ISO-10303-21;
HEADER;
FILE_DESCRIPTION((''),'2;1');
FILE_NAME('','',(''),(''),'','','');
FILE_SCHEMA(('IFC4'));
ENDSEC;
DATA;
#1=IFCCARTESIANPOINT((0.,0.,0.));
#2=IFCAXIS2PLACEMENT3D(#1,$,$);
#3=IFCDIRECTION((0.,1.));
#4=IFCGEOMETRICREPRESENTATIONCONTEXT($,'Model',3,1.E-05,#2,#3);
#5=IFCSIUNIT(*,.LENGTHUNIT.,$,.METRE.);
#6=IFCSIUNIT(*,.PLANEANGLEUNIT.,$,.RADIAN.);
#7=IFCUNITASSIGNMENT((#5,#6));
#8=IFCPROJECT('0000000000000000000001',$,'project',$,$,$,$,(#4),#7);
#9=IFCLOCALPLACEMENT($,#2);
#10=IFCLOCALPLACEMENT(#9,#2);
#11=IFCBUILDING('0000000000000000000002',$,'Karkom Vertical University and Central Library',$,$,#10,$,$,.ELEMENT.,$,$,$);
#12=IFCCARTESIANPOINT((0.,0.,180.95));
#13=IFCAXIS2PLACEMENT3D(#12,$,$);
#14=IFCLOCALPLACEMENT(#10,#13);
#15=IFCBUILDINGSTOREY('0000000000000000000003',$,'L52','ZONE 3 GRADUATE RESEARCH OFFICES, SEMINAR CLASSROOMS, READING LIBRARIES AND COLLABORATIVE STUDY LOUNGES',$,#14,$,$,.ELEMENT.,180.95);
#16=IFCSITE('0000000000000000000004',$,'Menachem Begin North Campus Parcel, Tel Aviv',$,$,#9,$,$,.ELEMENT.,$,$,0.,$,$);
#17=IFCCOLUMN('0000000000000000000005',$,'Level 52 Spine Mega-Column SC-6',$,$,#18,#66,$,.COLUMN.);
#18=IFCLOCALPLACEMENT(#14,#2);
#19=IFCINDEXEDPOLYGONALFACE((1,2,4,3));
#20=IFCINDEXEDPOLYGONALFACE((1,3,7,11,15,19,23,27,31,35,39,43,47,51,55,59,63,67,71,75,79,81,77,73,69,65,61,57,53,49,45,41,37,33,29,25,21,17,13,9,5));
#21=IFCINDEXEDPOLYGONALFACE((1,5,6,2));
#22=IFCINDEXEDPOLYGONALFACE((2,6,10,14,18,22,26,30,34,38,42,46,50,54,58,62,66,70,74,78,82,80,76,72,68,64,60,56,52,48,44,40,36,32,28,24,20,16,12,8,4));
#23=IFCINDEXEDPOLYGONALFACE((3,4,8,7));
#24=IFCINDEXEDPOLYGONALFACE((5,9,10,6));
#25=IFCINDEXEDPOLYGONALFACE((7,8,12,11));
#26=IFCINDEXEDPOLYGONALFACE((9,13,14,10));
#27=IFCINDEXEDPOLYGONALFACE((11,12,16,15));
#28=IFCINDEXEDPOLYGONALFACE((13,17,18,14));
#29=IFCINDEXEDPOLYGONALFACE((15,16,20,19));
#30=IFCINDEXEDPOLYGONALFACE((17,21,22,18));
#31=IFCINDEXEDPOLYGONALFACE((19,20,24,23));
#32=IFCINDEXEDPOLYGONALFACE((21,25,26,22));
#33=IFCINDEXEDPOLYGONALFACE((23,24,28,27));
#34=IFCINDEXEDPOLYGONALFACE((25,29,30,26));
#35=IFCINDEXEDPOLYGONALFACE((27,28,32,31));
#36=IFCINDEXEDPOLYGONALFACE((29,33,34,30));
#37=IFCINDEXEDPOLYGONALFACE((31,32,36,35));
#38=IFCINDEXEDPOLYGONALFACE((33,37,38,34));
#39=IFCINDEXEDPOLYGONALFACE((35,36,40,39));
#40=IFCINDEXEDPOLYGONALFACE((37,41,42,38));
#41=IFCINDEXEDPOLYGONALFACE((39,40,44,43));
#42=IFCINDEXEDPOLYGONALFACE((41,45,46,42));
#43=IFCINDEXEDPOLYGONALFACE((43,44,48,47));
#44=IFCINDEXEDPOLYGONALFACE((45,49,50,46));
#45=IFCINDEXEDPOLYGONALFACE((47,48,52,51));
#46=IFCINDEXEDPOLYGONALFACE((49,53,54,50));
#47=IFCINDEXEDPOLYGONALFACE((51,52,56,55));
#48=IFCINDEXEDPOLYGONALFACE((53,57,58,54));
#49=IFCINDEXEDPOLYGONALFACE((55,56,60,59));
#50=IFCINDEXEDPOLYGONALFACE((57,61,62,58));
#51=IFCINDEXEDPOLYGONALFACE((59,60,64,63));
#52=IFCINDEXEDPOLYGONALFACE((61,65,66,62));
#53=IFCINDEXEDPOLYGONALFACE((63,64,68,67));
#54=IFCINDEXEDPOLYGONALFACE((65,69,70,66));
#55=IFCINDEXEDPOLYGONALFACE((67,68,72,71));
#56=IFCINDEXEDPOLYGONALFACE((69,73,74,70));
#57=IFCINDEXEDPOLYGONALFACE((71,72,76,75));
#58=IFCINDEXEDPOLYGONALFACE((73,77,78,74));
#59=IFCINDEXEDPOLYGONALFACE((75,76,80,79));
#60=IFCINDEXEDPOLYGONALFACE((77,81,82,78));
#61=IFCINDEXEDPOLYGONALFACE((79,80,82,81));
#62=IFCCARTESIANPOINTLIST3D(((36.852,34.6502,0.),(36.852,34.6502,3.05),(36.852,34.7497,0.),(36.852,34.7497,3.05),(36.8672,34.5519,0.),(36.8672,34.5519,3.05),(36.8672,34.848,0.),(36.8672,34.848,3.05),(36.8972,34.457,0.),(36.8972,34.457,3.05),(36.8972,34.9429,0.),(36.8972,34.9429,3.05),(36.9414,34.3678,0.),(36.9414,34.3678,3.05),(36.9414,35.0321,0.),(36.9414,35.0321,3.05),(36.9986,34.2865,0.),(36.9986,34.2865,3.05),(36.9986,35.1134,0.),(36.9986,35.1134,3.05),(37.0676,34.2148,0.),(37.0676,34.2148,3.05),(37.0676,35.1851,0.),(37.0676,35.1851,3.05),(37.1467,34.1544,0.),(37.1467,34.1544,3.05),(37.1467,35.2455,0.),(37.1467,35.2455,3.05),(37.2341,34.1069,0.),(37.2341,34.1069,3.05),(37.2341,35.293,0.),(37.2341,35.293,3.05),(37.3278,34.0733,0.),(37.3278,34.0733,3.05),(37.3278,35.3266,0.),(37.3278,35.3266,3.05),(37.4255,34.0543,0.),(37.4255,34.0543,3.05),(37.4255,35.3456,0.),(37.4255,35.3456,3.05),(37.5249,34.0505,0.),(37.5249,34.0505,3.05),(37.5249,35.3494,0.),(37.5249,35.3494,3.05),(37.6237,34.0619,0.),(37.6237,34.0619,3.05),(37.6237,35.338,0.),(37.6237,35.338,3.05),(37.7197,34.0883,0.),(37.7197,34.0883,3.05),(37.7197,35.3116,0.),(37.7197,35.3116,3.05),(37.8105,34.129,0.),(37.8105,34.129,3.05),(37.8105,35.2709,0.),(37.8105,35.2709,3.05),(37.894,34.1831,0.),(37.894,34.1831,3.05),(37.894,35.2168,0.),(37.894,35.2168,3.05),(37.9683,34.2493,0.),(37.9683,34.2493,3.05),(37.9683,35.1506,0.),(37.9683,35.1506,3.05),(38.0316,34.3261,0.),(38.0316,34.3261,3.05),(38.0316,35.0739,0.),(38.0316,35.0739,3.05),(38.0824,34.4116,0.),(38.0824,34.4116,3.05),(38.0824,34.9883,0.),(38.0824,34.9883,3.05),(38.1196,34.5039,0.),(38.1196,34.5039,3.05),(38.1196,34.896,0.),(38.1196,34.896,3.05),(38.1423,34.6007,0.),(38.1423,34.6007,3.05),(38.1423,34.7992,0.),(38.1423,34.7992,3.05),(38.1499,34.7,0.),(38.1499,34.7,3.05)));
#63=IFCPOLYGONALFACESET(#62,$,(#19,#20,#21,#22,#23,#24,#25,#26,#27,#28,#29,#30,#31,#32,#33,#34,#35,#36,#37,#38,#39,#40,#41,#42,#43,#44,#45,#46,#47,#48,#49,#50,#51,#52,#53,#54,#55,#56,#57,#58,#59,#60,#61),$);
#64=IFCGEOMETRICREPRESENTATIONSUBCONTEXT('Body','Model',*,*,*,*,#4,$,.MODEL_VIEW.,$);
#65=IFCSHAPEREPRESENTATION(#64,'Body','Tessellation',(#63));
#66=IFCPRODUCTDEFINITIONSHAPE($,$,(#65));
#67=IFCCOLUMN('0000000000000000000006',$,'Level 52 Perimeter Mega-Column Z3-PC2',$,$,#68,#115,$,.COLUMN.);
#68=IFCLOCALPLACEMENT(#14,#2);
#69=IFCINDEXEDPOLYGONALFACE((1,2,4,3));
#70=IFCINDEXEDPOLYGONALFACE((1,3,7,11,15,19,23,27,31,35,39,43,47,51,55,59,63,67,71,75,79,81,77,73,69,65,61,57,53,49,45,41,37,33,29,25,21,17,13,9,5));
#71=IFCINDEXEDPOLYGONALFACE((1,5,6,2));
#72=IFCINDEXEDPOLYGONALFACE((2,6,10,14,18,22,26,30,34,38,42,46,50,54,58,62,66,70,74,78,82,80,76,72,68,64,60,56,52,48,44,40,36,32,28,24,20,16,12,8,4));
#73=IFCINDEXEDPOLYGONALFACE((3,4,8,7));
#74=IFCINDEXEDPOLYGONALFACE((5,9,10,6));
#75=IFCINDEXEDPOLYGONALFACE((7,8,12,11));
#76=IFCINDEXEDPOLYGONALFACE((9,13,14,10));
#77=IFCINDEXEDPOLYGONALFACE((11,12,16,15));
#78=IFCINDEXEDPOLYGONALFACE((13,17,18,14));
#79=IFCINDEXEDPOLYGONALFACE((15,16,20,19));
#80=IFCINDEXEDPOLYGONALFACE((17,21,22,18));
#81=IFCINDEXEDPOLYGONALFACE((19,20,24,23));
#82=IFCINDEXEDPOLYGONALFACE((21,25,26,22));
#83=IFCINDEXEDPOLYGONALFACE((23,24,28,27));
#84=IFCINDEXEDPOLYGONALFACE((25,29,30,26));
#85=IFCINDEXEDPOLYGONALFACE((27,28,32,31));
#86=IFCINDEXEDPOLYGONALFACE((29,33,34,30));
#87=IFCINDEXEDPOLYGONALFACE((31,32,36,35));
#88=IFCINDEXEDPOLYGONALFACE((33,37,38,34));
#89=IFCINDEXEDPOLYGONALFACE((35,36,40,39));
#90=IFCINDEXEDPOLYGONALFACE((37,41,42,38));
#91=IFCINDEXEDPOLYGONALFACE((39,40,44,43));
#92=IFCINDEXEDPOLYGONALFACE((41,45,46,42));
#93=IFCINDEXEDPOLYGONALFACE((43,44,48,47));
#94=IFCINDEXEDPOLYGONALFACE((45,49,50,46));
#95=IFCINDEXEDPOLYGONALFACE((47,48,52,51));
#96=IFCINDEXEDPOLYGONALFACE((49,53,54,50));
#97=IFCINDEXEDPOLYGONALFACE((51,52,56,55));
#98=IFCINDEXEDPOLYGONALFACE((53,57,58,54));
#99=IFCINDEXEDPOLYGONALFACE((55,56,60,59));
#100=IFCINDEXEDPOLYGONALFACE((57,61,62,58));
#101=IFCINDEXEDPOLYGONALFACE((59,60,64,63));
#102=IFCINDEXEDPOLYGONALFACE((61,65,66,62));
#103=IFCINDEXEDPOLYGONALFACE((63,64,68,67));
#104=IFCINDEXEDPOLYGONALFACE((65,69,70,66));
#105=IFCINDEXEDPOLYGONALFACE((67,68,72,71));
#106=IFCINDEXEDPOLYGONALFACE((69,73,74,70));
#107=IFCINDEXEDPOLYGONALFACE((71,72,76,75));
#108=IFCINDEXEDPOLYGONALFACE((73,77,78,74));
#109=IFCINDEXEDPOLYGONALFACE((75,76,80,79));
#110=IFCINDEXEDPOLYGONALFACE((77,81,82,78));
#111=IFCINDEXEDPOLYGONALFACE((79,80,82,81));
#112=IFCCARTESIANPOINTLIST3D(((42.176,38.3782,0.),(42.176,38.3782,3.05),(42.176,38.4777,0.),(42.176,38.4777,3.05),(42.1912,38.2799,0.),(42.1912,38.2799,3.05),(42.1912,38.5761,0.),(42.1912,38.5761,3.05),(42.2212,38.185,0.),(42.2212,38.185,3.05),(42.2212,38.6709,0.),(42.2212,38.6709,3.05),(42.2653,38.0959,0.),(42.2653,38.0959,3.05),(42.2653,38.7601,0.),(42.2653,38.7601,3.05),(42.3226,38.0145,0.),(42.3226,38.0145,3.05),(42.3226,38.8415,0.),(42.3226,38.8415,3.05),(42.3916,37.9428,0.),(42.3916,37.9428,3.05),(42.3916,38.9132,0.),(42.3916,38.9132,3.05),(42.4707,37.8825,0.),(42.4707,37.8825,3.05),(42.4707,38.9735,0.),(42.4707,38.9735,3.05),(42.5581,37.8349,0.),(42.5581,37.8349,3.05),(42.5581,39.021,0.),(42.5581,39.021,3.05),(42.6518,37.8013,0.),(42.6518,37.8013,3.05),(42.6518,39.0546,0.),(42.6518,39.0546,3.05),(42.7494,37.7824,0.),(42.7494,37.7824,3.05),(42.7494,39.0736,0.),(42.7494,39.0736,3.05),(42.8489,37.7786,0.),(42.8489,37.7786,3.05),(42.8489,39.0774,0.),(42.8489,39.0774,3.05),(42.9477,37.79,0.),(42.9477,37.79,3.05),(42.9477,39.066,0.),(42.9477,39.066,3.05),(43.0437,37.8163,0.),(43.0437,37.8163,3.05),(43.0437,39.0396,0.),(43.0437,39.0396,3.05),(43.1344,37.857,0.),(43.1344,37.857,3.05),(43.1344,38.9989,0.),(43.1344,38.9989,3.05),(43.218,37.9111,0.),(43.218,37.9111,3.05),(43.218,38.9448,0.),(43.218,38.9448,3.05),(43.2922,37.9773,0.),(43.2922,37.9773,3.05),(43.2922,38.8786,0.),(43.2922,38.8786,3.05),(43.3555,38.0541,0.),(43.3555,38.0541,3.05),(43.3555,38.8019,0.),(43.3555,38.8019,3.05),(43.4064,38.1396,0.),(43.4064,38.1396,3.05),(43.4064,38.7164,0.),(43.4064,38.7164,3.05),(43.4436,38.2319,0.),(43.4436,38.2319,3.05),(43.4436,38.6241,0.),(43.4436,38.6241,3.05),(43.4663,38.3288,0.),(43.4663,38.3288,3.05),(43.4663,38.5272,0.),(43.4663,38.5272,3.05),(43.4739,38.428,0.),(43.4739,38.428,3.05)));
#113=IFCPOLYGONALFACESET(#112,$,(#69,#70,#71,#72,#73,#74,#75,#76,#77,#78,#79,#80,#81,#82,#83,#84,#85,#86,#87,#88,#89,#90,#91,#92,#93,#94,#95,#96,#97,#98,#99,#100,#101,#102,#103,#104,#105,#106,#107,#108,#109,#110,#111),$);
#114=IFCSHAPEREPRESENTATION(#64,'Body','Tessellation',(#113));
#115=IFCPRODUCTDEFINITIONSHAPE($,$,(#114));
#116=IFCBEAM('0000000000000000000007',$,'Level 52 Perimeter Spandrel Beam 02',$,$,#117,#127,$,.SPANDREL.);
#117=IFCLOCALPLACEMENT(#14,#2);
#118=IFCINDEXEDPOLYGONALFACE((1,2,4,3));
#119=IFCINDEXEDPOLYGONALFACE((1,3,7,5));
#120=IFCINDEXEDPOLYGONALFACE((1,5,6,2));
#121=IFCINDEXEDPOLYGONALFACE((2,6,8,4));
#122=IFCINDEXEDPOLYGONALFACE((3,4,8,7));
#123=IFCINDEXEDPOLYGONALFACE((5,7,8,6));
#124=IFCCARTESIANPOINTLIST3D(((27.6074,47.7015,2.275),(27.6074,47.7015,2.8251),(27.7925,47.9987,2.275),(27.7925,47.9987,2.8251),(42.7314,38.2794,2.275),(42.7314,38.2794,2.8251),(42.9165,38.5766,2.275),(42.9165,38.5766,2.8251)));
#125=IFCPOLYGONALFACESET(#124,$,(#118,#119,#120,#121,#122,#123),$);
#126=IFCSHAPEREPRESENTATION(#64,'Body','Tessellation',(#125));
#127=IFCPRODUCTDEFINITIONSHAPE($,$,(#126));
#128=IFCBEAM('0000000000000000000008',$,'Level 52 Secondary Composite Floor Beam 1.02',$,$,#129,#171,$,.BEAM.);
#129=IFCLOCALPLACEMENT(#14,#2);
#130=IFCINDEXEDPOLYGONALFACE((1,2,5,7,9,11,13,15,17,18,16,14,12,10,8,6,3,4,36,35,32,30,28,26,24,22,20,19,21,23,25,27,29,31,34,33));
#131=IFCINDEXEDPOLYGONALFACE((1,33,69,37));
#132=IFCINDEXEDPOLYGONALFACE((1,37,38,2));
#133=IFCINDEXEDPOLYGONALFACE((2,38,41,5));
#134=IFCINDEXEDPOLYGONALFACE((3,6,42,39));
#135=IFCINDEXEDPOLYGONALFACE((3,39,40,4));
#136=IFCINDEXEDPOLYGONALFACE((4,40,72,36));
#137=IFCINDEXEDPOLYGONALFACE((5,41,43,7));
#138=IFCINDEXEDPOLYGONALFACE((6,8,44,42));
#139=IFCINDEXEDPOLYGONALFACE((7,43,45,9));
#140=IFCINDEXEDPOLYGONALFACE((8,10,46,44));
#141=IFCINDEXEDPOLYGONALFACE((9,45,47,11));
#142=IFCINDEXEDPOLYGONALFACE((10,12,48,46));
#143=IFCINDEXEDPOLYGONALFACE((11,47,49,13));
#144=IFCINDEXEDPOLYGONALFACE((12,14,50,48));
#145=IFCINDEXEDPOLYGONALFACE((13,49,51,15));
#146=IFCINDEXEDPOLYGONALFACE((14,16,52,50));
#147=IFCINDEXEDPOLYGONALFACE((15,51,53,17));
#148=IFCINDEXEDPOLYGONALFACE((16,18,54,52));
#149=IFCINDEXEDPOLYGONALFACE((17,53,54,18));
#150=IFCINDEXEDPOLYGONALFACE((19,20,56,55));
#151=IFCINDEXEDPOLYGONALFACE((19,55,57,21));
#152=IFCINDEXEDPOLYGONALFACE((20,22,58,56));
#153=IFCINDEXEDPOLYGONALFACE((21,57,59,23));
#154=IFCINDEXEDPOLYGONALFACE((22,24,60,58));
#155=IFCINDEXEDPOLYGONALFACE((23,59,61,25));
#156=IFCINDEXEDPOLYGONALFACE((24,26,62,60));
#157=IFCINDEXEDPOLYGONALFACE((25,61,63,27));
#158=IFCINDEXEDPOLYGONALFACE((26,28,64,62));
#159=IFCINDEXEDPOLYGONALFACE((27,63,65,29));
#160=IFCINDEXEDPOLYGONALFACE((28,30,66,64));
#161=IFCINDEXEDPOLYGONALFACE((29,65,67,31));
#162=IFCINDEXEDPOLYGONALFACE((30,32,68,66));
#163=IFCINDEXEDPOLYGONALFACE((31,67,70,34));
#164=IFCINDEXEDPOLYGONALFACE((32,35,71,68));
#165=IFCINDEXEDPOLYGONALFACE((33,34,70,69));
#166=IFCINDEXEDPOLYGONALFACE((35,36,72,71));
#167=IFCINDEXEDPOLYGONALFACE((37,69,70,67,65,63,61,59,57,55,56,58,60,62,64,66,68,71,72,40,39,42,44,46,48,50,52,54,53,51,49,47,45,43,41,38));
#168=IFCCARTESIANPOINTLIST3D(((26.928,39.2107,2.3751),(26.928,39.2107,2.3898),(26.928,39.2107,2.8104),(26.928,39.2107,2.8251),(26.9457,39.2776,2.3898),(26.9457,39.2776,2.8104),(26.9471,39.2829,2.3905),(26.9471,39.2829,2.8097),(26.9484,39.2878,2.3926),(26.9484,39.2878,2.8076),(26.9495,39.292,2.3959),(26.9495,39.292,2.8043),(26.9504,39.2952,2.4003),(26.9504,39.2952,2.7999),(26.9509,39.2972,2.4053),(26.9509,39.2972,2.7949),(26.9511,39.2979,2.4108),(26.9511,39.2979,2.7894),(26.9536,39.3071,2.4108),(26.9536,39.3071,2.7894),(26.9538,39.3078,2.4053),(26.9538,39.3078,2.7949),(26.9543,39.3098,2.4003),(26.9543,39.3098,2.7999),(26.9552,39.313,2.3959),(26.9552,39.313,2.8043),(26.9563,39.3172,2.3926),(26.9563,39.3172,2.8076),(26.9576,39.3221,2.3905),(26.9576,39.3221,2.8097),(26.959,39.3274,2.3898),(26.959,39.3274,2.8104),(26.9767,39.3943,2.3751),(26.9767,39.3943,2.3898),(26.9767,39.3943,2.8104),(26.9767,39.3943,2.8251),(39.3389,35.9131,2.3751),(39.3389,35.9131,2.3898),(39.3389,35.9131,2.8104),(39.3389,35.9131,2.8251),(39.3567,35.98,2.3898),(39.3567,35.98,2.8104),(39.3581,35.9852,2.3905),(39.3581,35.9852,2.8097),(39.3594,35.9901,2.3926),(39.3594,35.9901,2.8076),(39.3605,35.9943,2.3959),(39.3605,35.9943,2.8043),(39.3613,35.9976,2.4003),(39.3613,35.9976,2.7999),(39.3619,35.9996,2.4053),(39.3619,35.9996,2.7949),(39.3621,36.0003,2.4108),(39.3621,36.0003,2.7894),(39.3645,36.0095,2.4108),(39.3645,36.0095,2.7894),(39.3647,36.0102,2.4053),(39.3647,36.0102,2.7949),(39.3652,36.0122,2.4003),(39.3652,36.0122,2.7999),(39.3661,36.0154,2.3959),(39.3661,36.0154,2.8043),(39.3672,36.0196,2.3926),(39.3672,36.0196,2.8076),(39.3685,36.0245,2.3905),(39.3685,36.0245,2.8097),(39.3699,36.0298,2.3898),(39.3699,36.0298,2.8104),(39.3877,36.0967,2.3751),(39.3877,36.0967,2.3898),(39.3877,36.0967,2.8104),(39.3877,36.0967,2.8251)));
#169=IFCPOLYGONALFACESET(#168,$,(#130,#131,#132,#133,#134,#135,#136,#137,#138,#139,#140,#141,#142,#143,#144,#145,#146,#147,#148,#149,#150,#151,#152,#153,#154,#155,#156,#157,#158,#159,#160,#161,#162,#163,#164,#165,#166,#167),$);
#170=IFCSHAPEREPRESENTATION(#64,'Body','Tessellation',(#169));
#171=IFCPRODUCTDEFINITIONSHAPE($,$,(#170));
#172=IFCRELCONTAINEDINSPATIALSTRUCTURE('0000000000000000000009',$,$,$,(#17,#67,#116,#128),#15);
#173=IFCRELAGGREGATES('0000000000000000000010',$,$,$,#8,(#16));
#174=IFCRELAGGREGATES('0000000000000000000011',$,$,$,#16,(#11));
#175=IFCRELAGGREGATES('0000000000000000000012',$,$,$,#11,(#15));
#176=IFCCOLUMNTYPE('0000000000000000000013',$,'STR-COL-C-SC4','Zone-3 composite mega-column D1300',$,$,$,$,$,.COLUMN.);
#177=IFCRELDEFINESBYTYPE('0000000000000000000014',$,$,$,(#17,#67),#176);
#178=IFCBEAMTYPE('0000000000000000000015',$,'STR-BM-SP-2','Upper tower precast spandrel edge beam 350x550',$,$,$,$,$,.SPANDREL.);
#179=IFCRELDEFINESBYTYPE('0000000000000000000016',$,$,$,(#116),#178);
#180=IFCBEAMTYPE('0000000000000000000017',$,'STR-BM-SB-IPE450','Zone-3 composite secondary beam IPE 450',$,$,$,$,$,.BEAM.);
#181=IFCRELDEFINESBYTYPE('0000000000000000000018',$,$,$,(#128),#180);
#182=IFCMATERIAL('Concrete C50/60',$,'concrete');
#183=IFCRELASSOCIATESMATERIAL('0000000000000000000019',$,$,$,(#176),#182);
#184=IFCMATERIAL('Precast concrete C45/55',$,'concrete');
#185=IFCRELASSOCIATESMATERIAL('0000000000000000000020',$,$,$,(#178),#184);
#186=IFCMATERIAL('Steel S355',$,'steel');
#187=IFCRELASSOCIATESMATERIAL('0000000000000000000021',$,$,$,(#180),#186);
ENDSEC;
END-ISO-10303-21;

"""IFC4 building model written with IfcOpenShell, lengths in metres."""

from ifc_helpers import new_model, si_unit, direction, frame, origin, origin_with_axes, origin_2d, place, context, subcontext, project, spatial, rectangle, circle, i_section, extrude, source, transform, mapped, material, material_profile, profile_set, type_object, element, save


model = new_model("IFC4")

# Units and contexts
model_context = context("Model", 3, precision=1e-05, world=origin(), true_north=direction((0.0, 1.0)))
body_context = subcontext(model_context, "Body", "Model", "MODEL_VIEW")
ifc_project = project(units=[si_unit("LENGTHUNIT", "METRE"), si_unit("PLANEANGLEUNIT", "RADIAN")], contexts=[model_context])

# Site, building, storey
site_placement = place(None, origin())
site = spatial("IfcSite", under=ifc_project, at=site_placement, Name="Menachem Begin North Campus Parcel, Tel Aviv", CompositionType="ELEMENT", RefElevation=0.0)
building_placement = place(site_placement, origin())
building = spatial("IfcBuilding", under=site, at=building_placement, Name="Karkom Vertical University and Central Library", CompositionType="ELEMENT")
storey_placement = place(building_placement, frame((0.0, 0.0, 180.95)))
storey = spatial("IfcBuildingStorey", under=building, at=storey_placement, Name="L52", Description="ZONE 3 GRADUATE RESEARCH OFFICES, SEMINAR CLASSROOMS, READING LIBRARIES AND COLLABORATIVE STUDY LOUNGES", CompositionType="ELEMENT", Elevation=180.95)

# Columns
ifc_material_1 = material(Name="Concrete C50/60", Category="concrete")
ifc_material_profile_1 = material_profile(ifc_material_1, circle(Radius=0.6499, at=origin_2d()), Name="CFT-D1300")
ifc_profile_set_1 = profile_set([ifc_material_profile_1], Name="Concrete C50/60")
column_type = type_object("IfcColumnType", Name="STR-COL-C-SC4", Description="Zone-3 composite mega-column D1300", PredefinedType="COLUMN", material=ifc_profile_set_1)
shared_shape_1 = source(origin_with_axes(), body_context, "Body", "SweptSolid", [
    extrude(circle(Radius=0.6499, at=origin_2d()), origin(), (0.0, 0.0, 1.0), 3.05),
])
for number, where, z_axis, x_axis, name in (
    (1, (37.5, 34.7, 0.0), (0.0, 0.0, 1.0), (1.0, 0.0, 0.0), "Level 52 Spine Mega-Column SC-6"),
    (2, (42.824, 38.428, 0.0), (0.0, 0.0, 1.0), (1.0, 0.0, 0.0), "Level 52 Perimeter Mega-Column Z3-PC2"),
):
    element("IfcColumn", number, at=place(storey_placement, frame(where, z_axis=z_axis, x_axis=x_axis)), inside=storey, type_object=column_type, Name=name, PredefinedType="COLUMN", context=body_context, shape_type="MappedRepresentation", body=[
        mapped(shared_shape_1, transform((0.0, 0.0, 0.0), scale=1.0)),
    ])

# Beams
ifc_material_2 = material(Name="Precast concrete C45/55", Category="concrete")
ifc_material_profile_2 = material_profile(ifc_material_2, rectangle(XDim=0.3501, YDim=0.55, at=origin_2d()), Name="SPB-350x550")
ifc_profile_set_2 = profile_set([ifc_material_profile_2], Name="Precast concrete C45/55")
beam_type_1 = type_object("IfcBeamType", Name="STR-BM-SP-2", Description="Upper tower precast spandrel edge beam 350x550", PredefinedType="SPANDREL", material=ifc_profile_set_2)
shared_shape_2 = source(origin_with_axes(), body_context, "Body", "SweptSolid", [
    extrude(rectangle(XDim=0.3501, YDim=0.55, at=origin_2d()), origin(), (0.0, 0.0, 1.0), 17.8188),
])
beam_1_placement = place(storey_placement, frame((42.824, 38.428, 2.55), z_axis=(-0.848764, 0.528772, 0.0), x_axis=(-0.528772, -0.848764, 0.0)))
element("IfcBeam", 3, at=beam_1_placement, inside=storey, type_object=beam_type_1, Name="Level 52 Perimeter Spandrel Beam 02", PredefinedType="SPANDREL", context=body_context, shape_type="MappedRepresentation", body=[
    mapped(shared_shape_2, transform((0.0, 0.0, 0.0), scale=1.0)),
])
ifc_material_3 = material(Name="Steel S355", Category="steel")
ifc_material_profile_3 = material_profile(ifc_material_3, i_section(OverallWidth=0.1899, OverallDepth=0.45, WebThickness=0.0095, FlangeThickness=0.0146, FilletRadius=0.021, at=origin_2d()), Name="IPE 450")
ifc_profile_set_3 = profile_set([ifc_material_profile_3], Name="Steel S355")
beam_type_2 = type_object("IfcBeamType", Name="STR-BM-SB-IPE450", Description="Zone-3 composite secondary beam IPE 450", PredefinedType="BEAM", material=ifc_profile_set_3)
shared_shape_3 = source(origin_with_axes(), body_context, "Body", "SweptSolid", [
    extrude(i_section(OverallWidth=0.1899, OverallDepth=0.45, WebThickness=0.0095, FlangeThickness=0.0146, FilletRadius=0.021, at=origin_2d()), origin(), (0.0, 0.0, 1.0), 12.8416),
])
beam_2_placement = place(storey_placement, frame((39.3633, 36.0049, 2.6001), z_axis=(-0.966466, 0.256793, 0.0), x_axis=(-0.256793, -0.966466, 0.0)))
element("IfcBeam", 4, at=beam_2_placement, inside=storey, type_object=beam_type_2, Name="Level 52 Secondary Composite Floor Beam 1.02", PredefinedType="BEAM", context=body_context, shape_type="MappedRepresentation", body=[
    mapped(shared_shape_3, transform((0.0, 0.0, 0.0), scale=1.0)),
])

save(model, "model.ifc")
